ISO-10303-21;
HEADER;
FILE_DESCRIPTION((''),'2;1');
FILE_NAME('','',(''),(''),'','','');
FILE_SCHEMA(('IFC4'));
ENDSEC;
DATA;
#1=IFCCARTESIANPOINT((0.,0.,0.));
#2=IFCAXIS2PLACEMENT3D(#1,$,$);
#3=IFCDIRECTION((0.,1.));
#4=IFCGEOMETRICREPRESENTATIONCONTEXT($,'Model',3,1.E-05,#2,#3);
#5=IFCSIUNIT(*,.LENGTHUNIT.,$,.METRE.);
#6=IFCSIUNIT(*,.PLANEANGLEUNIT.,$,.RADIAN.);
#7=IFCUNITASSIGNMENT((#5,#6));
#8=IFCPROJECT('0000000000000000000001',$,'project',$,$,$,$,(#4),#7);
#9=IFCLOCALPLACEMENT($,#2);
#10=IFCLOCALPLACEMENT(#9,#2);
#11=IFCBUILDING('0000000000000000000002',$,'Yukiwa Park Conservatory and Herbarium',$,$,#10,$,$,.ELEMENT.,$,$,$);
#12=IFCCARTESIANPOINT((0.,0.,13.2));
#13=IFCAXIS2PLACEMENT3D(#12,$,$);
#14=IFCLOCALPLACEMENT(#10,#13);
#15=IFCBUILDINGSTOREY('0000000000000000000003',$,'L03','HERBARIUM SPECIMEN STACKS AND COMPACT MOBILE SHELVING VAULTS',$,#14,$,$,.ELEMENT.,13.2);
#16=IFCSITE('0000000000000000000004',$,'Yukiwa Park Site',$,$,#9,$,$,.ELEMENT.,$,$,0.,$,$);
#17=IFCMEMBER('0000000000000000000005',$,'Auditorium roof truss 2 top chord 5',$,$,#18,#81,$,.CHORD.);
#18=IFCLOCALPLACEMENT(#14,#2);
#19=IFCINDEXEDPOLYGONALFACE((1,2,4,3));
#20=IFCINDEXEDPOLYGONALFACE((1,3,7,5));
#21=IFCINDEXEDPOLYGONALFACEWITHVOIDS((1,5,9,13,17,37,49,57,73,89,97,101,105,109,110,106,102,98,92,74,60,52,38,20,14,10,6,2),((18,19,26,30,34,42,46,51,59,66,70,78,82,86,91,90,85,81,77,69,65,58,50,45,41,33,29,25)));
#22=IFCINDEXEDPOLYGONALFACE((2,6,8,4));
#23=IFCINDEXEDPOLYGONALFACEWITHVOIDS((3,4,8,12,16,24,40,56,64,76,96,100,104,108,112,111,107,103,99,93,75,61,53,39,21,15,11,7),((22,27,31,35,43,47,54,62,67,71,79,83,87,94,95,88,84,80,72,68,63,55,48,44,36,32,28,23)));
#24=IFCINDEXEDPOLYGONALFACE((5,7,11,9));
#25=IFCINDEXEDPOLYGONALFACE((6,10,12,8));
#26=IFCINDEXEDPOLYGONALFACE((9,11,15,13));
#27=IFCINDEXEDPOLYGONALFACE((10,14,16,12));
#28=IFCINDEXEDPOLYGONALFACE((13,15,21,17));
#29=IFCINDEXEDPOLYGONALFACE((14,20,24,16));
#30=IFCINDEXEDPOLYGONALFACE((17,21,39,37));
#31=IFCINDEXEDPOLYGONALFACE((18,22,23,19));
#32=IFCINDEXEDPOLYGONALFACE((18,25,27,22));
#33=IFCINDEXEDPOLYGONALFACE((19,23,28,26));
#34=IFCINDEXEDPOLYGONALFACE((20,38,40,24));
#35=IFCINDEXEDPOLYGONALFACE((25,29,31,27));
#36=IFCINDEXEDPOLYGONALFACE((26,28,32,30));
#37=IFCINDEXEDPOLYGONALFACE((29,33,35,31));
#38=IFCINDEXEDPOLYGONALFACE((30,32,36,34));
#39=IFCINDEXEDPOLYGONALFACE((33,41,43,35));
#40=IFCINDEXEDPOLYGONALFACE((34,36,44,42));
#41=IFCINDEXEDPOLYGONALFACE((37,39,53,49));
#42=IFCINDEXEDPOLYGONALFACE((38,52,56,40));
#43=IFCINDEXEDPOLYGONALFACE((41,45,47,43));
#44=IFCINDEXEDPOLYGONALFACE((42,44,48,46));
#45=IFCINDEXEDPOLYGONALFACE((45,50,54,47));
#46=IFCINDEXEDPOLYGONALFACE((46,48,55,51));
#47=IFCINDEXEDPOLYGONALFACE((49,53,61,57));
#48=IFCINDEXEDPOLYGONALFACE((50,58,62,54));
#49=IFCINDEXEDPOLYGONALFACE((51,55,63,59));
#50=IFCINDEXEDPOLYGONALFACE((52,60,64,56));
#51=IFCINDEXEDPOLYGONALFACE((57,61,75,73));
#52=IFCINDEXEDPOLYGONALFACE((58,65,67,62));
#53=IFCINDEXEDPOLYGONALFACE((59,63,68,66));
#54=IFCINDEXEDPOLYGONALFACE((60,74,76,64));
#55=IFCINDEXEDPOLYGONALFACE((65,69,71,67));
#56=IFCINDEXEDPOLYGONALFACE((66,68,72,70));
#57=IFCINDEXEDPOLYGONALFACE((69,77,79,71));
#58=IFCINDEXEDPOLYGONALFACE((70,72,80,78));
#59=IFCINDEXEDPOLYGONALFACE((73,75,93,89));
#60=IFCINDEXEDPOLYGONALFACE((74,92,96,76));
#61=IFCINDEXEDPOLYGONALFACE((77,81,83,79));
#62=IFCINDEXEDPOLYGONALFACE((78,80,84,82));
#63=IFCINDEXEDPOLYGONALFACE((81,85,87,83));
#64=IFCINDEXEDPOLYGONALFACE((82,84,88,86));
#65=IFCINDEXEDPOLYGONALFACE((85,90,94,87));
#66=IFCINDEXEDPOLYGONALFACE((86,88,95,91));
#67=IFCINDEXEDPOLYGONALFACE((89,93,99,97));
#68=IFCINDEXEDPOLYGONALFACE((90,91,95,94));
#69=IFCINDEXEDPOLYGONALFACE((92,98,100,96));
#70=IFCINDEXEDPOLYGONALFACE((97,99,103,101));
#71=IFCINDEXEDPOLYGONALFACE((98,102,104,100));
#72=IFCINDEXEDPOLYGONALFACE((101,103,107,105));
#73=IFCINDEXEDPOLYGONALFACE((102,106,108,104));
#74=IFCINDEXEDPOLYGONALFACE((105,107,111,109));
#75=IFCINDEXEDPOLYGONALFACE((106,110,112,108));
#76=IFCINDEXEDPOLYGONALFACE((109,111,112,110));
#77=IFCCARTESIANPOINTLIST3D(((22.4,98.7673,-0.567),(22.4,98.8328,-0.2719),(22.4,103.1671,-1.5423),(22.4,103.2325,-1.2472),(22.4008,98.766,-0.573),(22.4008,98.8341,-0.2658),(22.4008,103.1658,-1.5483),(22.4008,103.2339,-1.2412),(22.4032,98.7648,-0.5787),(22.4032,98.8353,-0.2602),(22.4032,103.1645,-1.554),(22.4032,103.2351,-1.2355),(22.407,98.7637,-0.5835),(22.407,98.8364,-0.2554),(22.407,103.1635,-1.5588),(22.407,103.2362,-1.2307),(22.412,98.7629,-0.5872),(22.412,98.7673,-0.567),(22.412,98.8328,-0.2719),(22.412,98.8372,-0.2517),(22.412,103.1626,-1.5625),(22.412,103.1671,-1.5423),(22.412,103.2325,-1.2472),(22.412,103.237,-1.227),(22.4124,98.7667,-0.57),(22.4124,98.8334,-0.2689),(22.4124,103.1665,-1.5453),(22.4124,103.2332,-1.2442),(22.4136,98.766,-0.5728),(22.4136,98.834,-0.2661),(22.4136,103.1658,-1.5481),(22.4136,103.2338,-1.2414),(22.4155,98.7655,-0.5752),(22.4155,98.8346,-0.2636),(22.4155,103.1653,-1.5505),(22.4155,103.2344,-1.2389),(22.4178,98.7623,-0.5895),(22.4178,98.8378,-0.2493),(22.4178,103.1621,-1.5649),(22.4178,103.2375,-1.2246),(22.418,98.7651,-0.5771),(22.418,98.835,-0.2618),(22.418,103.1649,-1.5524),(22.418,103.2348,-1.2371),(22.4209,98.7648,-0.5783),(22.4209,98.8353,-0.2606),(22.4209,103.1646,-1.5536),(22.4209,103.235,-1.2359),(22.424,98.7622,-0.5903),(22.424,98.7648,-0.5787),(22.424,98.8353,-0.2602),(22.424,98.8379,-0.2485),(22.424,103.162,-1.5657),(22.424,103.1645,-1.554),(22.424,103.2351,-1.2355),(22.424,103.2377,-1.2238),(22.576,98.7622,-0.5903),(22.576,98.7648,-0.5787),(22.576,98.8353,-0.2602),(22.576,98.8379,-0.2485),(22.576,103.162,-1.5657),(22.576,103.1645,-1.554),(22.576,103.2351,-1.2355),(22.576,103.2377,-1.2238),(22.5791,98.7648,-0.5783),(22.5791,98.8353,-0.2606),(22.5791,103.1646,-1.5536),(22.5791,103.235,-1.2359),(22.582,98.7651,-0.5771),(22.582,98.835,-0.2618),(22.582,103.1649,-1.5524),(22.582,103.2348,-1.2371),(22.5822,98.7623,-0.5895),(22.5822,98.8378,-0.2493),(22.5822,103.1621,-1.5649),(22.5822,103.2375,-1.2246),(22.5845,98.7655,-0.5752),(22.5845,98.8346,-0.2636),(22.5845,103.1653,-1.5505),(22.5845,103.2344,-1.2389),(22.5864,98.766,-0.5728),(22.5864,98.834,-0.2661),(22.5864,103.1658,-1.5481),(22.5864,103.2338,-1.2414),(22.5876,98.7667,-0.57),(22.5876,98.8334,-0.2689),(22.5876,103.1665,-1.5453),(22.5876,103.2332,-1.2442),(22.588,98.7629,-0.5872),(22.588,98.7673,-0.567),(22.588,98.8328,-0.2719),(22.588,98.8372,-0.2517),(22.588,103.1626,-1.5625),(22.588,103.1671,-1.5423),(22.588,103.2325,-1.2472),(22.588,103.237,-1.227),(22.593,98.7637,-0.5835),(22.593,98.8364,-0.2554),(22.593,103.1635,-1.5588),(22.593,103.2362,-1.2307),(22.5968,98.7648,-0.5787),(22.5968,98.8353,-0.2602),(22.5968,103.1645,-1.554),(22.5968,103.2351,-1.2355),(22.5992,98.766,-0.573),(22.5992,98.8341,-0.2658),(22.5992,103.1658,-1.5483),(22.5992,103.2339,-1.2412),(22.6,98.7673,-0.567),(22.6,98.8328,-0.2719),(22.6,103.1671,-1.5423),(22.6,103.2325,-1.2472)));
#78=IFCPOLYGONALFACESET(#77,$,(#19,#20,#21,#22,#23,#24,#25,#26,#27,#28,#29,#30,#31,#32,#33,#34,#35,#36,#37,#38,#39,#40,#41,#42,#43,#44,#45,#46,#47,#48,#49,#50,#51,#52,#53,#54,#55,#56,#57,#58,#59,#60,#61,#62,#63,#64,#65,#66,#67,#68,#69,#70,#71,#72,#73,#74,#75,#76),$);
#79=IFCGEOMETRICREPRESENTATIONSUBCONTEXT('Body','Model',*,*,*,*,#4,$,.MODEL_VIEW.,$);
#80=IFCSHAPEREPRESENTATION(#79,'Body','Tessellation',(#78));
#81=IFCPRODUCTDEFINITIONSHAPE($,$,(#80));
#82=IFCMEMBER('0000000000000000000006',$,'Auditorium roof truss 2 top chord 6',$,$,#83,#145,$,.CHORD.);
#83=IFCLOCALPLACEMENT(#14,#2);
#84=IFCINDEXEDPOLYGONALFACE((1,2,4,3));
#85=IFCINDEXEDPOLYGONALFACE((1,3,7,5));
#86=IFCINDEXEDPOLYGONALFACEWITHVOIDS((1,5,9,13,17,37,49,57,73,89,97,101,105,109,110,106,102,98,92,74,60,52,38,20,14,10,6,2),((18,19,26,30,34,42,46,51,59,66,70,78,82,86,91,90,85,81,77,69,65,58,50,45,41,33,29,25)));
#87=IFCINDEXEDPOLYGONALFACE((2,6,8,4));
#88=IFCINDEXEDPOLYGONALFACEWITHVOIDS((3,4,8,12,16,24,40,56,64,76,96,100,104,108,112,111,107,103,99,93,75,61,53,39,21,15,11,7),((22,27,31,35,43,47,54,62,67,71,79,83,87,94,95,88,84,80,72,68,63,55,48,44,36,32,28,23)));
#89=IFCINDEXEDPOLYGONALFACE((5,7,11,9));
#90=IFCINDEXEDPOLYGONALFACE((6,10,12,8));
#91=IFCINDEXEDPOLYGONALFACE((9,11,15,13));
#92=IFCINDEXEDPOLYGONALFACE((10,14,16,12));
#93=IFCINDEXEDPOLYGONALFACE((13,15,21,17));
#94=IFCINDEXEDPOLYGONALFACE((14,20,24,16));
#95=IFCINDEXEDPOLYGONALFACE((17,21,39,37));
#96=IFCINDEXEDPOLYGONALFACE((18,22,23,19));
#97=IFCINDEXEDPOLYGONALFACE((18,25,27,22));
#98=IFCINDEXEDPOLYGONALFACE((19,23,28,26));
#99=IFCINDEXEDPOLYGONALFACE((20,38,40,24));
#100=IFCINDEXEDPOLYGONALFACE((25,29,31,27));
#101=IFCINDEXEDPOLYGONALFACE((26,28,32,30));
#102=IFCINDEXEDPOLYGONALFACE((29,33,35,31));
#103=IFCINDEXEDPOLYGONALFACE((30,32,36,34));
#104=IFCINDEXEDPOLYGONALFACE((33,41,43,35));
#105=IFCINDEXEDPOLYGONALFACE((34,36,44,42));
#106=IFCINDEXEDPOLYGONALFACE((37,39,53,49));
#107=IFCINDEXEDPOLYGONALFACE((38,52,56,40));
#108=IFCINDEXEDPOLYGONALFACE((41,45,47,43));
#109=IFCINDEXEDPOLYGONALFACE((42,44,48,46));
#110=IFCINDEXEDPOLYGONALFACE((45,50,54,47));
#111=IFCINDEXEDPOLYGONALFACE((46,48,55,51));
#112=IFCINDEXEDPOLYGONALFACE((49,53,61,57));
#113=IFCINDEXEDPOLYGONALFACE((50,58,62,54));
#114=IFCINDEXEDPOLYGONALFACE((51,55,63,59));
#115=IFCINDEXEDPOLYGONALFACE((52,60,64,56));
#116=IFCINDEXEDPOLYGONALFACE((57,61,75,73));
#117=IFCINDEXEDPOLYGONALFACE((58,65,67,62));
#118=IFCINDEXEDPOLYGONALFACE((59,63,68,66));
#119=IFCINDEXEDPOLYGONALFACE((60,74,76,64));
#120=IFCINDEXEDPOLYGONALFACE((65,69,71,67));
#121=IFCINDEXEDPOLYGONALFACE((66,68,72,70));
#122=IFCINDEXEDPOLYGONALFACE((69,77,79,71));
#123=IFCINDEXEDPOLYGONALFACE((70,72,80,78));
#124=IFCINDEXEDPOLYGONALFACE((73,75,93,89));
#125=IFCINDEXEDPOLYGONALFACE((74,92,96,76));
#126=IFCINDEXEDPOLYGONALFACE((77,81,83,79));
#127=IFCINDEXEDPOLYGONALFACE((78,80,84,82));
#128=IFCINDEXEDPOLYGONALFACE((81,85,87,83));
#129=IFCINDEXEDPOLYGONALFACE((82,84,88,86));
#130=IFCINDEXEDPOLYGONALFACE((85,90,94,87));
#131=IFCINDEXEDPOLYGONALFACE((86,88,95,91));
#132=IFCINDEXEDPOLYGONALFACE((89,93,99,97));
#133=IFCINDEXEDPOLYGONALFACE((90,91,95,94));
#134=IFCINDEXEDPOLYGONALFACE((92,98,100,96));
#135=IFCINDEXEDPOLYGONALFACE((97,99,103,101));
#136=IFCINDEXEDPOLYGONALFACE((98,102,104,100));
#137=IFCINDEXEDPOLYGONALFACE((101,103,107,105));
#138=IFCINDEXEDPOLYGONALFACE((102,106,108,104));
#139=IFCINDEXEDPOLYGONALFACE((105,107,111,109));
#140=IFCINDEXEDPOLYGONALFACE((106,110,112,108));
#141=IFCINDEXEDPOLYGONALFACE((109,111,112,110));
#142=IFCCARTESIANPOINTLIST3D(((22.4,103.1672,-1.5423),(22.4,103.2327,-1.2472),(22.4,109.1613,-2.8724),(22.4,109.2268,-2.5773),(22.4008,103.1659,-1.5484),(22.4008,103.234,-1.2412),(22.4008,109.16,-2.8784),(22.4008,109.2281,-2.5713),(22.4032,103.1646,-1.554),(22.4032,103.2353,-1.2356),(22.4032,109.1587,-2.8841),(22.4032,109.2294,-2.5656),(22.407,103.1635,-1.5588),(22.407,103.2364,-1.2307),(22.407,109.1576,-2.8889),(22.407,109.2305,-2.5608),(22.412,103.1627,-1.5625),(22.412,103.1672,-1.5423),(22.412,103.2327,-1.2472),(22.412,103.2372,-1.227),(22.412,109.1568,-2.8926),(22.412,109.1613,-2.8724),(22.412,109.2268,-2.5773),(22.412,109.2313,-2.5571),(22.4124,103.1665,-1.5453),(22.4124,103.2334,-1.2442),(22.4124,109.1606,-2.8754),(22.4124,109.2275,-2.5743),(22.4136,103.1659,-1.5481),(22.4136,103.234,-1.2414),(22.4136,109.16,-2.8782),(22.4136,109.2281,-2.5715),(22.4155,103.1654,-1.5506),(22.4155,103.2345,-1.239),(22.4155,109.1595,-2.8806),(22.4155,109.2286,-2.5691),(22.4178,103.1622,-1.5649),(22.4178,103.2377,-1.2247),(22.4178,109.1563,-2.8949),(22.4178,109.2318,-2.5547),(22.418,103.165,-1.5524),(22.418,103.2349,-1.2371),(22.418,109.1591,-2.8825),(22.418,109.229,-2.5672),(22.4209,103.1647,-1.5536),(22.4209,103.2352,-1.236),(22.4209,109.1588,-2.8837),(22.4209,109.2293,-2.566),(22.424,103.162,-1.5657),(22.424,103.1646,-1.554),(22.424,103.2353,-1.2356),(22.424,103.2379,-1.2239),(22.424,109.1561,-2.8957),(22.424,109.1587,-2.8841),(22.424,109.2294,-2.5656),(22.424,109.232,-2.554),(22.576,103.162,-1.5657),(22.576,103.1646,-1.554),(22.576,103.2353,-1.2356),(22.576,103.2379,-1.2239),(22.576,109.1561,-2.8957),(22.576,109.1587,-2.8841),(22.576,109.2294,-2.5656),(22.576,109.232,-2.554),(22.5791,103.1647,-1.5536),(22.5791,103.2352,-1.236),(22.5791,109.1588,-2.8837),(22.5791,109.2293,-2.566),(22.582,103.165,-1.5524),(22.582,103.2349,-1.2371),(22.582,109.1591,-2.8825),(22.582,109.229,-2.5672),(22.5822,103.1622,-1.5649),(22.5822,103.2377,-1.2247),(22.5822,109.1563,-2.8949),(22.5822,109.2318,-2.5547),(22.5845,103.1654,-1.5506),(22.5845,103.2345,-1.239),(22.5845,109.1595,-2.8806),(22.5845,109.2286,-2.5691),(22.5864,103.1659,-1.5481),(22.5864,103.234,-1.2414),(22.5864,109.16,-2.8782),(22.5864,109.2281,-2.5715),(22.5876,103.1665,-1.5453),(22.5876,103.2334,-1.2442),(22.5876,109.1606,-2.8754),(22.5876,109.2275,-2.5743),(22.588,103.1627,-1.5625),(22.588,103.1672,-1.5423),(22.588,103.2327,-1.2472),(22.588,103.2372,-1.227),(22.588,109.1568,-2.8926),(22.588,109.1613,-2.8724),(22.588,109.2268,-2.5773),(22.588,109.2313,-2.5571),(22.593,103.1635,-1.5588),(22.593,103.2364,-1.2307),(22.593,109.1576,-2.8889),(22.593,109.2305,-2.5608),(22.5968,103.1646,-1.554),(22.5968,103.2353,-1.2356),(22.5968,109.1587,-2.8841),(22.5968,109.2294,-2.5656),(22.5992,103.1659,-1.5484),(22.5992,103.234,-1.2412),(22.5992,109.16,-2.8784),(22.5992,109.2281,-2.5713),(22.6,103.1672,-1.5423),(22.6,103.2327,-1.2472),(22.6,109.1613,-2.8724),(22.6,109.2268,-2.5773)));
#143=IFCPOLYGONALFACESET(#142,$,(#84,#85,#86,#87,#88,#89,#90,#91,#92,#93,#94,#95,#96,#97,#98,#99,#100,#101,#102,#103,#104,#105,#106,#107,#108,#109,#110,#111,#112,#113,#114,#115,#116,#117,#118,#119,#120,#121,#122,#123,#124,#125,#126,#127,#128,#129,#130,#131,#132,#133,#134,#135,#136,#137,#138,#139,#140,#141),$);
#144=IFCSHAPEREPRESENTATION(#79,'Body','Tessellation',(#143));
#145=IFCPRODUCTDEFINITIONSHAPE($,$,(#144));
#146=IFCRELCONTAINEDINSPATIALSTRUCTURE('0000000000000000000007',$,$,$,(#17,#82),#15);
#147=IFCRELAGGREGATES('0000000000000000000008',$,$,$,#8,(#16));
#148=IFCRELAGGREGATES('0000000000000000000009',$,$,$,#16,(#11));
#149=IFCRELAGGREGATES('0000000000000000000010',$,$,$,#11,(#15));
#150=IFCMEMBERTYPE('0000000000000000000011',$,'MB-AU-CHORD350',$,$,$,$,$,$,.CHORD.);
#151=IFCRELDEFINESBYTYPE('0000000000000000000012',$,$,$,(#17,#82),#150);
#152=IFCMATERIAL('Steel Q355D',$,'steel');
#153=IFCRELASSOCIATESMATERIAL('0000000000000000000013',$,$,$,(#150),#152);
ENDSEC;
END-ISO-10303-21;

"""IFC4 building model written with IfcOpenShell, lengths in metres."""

from ifc_helpers import new_model, si_unit, direction, frame, origin, origin_2d, place, context, subcontext, project, spatial, hollow_rectangle, extrude, material, material_profile, profile_set, type_object, element, save


model = new_model("IFC4")

# Units and contexts
model_context = context("Model", 3, precision=1e-05, world=origin(), true_north=direction((0.0, 1.0)))
body_context = subcontext(model_context, "Body", "Model", "MODEL_VIEW")
ifc_project = project(units=[si_unit("LENGTHUNIT", "METRE"), si_unit("PLANEANGLEUNIT", "RADIAN")], contexts=[model_context])

# Site, building, storey
site_placement = place(None, origin())
site = spatial("IfcSite", under=ifc_project, at=site_placement, Name="Yukiwa Park Site", CompositionType="ELEMENT", RefElevation=0.0)
building_placement = place(site_placement, origin())
building = spatial("IfcBuilding", under=site, at=building_placement, Name="Yukiwa Park Conservatory and Herbarium", CompositionType="ELEMENT")
storey_placement = place(building_placement, frame((0.0, 0.0, 13.2)))
storey = spatial("IfcBuildingStorey", under=building, at=storey_placement, Name="L03", Description="HERBARIUM SPECIMEN STACKS AND COMPACT MOBILE SHELVING VAULTS", CompositionType="ELEMENT", Elevation=13.2)

# Members
ifc_material_1 = material(Name="Steel Q355D", Category="steel")
ifc_material_profile_1 = material_profile(ifc_material_1, hollow_rectangle(XDim=0.2, YDim=0.3501, WallThickness=0.012, InnerFilletRadius=0.012, OuterFilletRadius=0.0239, at=origin_2d()), Name="RHS 350x200x12")
ifc_profile_set_1 = profile_set([ifc_material_profile_1], Name="Steel Q355D")
member_type_1 = type_object("IfcMemberType", Name="MB-AU-CHORD350", PredefinedType="CHORD", material=ifc_profile_set_1)
member_1_placement = place(storey_placement, frame((22.5, 98.8, -0.4194), z_axis=(0.0, 0.9763, -0.21642), x_axis=(-1.0, 0.0, 0.0)))
element("IfcMember", 1, at=member_1_placement, inside=storey, type_object=member_type_1, Name="Auditorium roof truss 2 top chord 5", PredefinedType="CHORD", context=body_context, shape_type="SweptSolid", body=[
    extrude(hollow_rectangle(XDim=0.2, YDim=0.3501, WallThickness=0.012, InnerFilletRadius=0.012, OuterFilletRadius=0.0239, at=origin_2d()), origin(), (0.0, 0.0, 1.0), 4.5066),
])
member_2_placement = place(storey_placement, frame((22.5, 103.2, -1.3948), z_axis=(0.0, 0.976254, -0.216627), x_axis=(-1.0, 0.0, 0.0)))
element("IfcMember", 2, at=member_2_placement, inside=storey, type_object=member_type_1, Name="Auditorium roof truss 2 top chord 6", PredefinedType="CHORD", context=body_context, shape_type="SweptSolid", body=[
    extrude(hollow_rectangle(XDim=0.2, YDim=0.3501, WallThickness=0.012, InnerFilletRadius=0.012, OuterFilletRadius=0.0239, at=origin_2d()), origin(), (0.0, 0.0, 1.0), 6.1399),
])

save(model, "model.ifc")
